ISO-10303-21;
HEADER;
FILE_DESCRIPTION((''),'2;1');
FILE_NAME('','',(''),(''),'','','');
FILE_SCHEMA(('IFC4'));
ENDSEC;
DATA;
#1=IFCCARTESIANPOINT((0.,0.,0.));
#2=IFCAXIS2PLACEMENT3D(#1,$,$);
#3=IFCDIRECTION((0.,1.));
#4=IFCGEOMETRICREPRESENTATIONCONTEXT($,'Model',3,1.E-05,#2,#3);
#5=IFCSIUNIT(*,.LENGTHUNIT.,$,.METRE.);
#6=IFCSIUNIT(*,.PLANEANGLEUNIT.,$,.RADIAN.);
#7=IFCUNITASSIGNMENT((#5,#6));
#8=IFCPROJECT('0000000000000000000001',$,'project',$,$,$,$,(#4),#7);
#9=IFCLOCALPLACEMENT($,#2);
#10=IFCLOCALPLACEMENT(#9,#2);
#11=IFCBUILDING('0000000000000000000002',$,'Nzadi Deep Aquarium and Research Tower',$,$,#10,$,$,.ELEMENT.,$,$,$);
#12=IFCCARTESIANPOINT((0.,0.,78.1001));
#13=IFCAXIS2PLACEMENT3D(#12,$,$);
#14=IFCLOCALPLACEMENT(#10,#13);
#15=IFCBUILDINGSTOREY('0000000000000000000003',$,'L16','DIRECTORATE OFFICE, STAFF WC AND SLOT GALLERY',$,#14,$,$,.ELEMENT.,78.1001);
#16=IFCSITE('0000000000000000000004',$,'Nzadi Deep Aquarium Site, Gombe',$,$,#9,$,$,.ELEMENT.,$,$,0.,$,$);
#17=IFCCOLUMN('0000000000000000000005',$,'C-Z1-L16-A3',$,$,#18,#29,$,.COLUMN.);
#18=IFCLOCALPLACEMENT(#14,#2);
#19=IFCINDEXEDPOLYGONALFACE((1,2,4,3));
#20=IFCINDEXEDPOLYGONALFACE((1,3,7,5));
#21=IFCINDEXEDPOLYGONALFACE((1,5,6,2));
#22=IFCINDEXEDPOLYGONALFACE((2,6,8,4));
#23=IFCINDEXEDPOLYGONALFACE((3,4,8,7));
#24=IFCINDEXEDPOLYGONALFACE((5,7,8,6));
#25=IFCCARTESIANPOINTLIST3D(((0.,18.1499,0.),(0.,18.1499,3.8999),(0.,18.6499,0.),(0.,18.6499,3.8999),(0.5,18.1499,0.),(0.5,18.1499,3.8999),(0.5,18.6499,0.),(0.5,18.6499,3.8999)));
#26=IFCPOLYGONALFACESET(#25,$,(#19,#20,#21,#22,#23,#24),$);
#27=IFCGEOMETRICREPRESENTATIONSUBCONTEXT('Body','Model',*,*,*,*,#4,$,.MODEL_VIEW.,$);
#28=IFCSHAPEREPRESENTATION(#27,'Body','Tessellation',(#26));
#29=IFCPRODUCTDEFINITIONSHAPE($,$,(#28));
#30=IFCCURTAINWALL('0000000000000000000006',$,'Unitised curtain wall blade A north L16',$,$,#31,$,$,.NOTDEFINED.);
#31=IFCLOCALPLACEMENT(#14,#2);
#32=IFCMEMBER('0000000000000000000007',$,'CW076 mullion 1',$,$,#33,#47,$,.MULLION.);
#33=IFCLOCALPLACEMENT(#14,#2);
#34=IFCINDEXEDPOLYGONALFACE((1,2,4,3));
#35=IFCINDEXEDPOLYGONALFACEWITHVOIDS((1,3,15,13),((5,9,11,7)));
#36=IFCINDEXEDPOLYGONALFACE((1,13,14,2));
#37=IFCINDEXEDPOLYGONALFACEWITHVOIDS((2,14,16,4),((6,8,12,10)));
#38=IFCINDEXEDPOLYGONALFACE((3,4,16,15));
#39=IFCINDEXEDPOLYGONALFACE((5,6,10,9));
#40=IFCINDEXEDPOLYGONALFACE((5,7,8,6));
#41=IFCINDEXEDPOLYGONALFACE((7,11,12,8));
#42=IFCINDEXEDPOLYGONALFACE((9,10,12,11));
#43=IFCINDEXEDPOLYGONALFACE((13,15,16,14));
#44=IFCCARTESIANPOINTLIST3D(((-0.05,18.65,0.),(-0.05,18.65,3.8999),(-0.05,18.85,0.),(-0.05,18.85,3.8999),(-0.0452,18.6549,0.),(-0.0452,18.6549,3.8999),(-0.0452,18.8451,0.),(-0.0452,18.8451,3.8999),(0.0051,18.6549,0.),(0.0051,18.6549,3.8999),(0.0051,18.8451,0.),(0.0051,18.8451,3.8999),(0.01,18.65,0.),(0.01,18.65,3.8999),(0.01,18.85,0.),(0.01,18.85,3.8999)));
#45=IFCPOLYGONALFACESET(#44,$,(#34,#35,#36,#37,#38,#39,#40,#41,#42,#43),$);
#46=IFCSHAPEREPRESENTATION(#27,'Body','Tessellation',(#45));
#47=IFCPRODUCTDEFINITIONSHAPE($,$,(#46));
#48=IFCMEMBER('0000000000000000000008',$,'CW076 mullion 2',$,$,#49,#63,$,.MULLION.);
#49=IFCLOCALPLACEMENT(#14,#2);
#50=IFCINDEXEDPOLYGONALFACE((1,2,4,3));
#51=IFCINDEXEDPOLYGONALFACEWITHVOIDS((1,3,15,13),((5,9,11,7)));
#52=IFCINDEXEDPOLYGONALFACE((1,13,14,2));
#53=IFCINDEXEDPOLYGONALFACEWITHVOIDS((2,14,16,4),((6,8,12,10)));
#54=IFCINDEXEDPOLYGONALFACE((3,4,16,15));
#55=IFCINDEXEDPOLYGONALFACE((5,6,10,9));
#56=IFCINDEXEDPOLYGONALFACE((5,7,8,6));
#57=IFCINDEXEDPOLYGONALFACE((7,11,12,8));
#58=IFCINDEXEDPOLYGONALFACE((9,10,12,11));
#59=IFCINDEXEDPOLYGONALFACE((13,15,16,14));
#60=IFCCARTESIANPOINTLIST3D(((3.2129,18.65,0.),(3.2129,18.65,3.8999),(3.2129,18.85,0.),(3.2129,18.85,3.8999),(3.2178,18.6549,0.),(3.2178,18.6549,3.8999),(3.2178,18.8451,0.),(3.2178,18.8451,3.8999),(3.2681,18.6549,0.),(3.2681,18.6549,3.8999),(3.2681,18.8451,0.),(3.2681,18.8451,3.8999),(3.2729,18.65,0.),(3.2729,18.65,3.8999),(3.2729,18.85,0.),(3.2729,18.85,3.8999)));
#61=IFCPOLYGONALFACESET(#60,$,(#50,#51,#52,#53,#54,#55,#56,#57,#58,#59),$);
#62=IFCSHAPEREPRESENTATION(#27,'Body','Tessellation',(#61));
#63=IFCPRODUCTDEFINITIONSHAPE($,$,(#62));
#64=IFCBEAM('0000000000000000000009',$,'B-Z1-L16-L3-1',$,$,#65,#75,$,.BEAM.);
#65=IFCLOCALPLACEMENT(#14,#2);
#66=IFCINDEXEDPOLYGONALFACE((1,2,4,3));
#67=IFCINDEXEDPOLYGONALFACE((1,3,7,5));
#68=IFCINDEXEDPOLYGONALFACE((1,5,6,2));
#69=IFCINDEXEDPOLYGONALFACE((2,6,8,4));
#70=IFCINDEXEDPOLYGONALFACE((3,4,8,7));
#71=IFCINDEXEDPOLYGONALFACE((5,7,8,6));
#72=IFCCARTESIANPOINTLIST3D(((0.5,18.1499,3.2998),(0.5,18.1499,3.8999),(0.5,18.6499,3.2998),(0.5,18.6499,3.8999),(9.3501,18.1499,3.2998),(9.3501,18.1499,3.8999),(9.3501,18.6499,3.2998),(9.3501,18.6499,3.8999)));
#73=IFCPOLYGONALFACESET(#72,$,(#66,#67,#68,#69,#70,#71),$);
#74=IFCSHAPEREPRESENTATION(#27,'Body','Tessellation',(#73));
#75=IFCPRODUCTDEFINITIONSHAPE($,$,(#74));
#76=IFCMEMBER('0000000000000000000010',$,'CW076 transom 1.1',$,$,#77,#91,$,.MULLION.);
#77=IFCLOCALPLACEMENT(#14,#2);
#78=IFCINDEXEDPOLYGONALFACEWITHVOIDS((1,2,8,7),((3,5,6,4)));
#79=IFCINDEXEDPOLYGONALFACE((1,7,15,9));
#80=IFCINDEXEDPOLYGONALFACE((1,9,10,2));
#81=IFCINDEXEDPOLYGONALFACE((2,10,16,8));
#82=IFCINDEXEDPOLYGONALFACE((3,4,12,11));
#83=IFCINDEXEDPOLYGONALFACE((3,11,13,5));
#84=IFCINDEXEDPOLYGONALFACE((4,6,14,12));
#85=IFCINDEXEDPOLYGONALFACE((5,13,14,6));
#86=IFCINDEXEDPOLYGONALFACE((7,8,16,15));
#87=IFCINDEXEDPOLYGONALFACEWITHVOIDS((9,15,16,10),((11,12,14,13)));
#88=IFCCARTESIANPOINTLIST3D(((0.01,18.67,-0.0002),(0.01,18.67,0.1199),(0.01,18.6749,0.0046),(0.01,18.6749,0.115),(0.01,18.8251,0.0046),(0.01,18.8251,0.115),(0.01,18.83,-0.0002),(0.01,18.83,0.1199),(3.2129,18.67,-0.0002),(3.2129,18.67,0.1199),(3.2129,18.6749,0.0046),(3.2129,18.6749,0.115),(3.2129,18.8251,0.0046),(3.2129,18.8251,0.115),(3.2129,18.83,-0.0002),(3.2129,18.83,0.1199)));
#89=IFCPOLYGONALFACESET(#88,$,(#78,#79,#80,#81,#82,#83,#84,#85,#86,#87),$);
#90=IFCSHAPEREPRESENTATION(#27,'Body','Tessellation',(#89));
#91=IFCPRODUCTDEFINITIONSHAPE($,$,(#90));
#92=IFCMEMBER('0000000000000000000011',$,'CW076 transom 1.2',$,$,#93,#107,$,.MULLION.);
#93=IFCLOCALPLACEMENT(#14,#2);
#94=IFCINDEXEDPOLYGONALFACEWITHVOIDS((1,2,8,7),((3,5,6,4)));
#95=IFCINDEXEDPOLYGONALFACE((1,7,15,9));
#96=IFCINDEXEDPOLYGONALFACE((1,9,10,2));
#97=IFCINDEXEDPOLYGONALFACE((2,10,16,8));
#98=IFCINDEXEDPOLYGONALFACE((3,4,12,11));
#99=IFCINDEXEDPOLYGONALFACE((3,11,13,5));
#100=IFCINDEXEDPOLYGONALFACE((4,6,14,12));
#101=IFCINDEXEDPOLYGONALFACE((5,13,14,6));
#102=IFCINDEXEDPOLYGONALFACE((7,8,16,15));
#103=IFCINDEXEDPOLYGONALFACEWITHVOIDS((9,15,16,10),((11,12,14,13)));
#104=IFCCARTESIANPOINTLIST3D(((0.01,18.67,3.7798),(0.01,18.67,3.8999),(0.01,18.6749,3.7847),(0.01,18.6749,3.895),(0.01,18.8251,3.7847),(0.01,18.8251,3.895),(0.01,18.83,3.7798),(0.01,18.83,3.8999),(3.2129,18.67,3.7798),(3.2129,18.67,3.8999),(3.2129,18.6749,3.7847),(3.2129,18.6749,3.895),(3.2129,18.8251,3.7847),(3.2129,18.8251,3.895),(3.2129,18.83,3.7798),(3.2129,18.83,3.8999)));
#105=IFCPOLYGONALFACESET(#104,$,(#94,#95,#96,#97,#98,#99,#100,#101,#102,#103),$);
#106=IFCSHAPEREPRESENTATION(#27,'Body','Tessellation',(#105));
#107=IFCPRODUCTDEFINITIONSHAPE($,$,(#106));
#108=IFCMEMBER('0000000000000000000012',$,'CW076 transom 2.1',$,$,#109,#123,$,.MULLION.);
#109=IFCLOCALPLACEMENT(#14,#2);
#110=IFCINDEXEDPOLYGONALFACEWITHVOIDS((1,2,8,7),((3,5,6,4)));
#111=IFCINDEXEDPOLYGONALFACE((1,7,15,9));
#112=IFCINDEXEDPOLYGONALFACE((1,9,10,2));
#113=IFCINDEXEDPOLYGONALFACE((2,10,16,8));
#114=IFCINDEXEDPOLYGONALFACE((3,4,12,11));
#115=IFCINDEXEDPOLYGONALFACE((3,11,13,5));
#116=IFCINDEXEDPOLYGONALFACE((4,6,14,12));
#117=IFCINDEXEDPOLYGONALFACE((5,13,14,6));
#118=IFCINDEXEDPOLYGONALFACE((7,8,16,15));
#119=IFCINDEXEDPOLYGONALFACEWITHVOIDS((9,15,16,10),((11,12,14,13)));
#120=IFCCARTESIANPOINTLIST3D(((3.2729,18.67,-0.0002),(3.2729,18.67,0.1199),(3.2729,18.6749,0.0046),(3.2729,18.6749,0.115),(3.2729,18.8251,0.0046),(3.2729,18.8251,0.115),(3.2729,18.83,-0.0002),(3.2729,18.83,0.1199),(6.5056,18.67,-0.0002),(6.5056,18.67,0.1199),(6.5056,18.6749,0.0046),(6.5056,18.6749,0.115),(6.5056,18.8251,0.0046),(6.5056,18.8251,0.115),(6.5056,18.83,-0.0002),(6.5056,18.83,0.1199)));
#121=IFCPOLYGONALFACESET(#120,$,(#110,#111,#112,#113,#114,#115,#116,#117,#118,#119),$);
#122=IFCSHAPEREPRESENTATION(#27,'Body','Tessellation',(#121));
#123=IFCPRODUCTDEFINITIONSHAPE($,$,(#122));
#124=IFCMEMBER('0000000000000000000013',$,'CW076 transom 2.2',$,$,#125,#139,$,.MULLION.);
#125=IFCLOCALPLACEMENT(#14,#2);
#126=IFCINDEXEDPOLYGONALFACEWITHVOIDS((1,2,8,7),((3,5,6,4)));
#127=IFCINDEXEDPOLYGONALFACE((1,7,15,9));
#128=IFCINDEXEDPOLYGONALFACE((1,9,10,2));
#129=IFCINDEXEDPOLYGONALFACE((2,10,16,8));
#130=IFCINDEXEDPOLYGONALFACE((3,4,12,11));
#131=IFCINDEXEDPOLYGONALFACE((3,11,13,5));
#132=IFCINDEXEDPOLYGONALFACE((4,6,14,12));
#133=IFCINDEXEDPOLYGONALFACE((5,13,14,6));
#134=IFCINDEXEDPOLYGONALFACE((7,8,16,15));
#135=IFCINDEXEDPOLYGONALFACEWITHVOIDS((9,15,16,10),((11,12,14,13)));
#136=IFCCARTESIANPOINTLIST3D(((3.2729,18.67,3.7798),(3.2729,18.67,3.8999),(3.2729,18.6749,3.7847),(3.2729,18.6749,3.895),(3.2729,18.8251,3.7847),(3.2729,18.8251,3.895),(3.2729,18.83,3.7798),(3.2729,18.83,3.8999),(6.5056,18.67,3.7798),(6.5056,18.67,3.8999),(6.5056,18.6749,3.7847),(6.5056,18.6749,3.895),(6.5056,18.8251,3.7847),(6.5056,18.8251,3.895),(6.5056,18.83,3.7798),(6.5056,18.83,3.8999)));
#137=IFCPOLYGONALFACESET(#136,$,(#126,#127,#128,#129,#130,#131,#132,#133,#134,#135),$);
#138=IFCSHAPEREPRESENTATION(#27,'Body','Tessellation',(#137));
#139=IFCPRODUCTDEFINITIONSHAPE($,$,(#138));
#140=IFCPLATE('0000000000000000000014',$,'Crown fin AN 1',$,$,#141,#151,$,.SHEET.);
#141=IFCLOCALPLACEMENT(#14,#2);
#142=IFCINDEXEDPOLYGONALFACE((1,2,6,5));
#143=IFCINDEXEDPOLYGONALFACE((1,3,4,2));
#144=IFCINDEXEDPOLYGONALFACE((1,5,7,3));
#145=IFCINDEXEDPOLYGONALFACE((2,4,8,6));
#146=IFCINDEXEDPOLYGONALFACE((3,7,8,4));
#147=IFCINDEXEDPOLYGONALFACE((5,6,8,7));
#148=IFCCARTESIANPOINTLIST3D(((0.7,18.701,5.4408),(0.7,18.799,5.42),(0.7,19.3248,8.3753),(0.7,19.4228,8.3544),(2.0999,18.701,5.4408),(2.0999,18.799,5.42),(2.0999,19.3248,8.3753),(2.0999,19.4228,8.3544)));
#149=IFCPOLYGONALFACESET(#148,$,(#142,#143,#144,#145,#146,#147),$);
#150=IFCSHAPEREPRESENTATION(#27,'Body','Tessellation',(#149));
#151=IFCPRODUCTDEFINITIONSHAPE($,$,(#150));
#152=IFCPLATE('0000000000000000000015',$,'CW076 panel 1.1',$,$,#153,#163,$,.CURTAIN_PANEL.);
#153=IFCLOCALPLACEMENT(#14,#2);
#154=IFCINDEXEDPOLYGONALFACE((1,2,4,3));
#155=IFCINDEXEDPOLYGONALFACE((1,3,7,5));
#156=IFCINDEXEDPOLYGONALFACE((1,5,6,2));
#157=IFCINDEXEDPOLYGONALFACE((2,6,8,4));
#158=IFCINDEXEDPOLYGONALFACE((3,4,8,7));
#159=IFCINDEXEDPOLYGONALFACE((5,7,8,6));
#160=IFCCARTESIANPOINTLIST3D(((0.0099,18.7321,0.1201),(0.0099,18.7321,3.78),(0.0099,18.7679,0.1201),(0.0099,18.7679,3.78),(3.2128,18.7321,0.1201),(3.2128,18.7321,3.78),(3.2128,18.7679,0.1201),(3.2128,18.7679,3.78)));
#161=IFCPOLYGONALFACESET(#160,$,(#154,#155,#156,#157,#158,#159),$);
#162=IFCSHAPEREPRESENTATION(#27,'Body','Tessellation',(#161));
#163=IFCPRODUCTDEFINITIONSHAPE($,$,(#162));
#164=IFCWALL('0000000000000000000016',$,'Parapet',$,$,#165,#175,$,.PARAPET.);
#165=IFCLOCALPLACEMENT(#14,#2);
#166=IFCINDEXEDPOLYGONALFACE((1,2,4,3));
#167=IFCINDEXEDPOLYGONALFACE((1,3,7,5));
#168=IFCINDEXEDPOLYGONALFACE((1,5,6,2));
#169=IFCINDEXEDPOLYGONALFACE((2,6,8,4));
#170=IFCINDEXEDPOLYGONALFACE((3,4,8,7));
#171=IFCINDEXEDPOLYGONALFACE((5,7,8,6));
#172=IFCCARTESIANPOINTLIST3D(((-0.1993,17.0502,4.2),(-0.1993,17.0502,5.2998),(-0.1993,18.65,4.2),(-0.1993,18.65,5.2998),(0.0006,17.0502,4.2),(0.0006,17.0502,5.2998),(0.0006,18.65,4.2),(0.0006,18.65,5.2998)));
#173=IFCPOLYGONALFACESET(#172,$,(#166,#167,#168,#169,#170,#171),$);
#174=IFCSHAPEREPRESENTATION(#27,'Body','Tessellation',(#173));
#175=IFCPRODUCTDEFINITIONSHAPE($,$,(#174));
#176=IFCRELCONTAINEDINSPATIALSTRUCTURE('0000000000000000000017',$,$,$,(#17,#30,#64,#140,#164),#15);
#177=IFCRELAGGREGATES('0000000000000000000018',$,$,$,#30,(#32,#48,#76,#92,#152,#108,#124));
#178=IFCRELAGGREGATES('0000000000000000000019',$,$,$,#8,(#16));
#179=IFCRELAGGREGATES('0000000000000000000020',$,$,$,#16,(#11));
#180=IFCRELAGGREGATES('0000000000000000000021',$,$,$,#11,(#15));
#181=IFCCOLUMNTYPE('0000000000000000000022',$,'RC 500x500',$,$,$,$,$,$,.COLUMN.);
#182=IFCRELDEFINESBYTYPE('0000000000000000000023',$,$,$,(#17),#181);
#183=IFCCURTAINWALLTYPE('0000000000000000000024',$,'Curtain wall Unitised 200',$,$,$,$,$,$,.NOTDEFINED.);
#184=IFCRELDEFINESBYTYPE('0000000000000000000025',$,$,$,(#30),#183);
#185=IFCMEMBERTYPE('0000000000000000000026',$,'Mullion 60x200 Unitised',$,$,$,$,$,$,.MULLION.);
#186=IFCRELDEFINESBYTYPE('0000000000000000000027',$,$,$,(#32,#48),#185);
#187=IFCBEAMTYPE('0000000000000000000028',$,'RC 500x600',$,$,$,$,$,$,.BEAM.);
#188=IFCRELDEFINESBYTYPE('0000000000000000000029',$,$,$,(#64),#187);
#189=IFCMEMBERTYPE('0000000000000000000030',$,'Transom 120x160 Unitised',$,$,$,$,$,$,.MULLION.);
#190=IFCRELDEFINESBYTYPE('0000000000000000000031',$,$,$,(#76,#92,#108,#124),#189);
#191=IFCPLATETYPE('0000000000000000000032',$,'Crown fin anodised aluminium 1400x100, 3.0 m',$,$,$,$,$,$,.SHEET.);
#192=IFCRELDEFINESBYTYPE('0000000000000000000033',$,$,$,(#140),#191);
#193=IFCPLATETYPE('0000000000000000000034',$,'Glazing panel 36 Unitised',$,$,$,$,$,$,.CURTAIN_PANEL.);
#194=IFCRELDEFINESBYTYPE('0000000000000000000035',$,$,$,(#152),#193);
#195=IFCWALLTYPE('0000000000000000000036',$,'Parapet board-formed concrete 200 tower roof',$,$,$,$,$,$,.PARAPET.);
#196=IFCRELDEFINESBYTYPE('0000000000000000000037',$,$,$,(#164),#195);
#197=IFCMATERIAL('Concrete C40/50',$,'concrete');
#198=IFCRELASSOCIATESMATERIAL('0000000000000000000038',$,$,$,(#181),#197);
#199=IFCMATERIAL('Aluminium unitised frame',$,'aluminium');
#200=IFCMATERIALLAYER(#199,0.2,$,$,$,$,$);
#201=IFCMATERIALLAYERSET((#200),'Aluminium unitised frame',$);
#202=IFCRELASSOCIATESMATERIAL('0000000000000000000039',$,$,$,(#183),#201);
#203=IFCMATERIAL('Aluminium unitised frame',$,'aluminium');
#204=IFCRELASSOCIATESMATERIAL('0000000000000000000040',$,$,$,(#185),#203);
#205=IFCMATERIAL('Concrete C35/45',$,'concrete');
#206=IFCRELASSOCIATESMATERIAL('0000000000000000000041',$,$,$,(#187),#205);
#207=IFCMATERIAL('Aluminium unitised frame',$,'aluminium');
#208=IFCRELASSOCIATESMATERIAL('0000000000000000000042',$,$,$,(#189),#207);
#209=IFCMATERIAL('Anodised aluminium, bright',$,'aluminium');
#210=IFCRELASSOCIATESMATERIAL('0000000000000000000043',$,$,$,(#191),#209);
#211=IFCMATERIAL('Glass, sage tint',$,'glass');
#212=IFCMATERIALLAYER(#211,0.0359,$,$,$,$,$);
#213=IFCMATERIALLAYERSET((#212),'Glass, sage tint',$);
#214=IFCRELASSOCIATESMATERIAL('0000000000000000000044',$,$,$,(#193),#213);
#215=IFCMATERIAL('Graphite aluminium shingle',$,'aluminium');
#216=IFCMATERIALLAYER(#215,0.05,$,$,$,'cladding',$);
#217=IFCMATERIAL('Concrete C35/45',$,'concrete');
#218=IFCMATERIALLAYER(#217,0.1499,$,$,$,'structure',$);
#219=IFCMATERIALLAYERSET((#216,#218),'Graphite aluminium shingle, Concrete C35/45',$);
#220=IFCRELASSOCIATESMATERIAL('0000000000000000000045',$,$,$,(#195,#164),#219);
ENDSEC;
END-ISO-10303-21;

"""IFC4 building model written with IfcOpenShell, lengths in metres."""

from ifc_helpers import new_model, si_unit, direction, frame, frame_2d, origin, origin_2d, place, context, subcontext, project, spatial, rectangle, hollow_rectangle, extrude, material, layer, layer_set, layer_usage, material_profile, profile_set, type_object, element, aggregate, save


model = new_model("IFC4")

# Units and contexts
model_context = context("Model", 3, precision=1e-05, world=origin(), true_north=direction((0.0, 1.0)))
body_context = subcontext(model_context, "Body", "Model", "MODEL_VIEW")
ifc_project = project(units=[si_unit("LENGTHUNIT", "METRE"), si_unit("PLANEANGLEUNIT", "RADIAN")], contexts=[model_context])

# Site, building, storey
site_placement = place(None, origin())
site = spatial("IfcSite", under=ifc_project, at=site_placement, Name="Nzadi Deep Aquarium Site, Gombe", CompositionType="ELEMENT", RefElevation=0.0)
building_placement = place(site_placement, origin())
building = spatial("IfcBuilding", under=site, at=building_placement, Name="Nzadi Deep Aquarium and Research Tower", CompositionType="ELEMENT")
storey_placement = place(building_placement, frame((0.0, 0.0, 78.1001)))
storey = spatial("IfcBuildingStorey", under=building, at=storey_placement, Name="L16", Description="DIRECTORATE OFFICE, STAFF WC AND SLOT GALLERY", CompositionType="ELEMENT", Elevation=78.1001)

# Column
ifc_material_1 = material(Name="Concrete C40/50", Category="concrete")
ifc_material_profile_1 = material_profile(ifc_material_1, rectangle(XDim=0.5, YDim=0.5, at=origin_2d()))
ifc_profile_set_1 = profile_set([ifc_material_profile_1], Name="Concrete C40/50")
column_type = type_object("IfcColumnType", Name="RC 500x500", PredefinedType="COLUMN", material=ifc_profile_set_1)
column_placement = place(storey_placement, frame((0.25, 18.3999, 0.0), z_axis=(0.0, 0.0, 1.0), x_axis=(1.0, 0.0, 0.0)))
element("IfcColumn", 1, at=column_placement, inside=storey, type_object=column_type, Name="C-Z1-L16-A3", PredefinedType="COLUMN", context=body_context, shape_type="SweptSolid", body=[
    extrude(rectangle(XDim=0.5, YDim=0.5, at=origin_2d()), origin(), (0.0, 0.0, 1.0), 3.8999),
])

# Curtain wall, members
ifc_material_2 = material(Name="Aluminium unitised frame", Category="aluminium")
ifc_layer_1 = layer(ifc_material_2, 0.2)
ifc_layer_set_1 = layer_set([ifc_layer_1], Name="Aluminium unitised frame")
curtain_wall_type = type_object("IfcCurtainWallType", Name="Curtain wall Unitised 200", PredefinedType="NOTDEFINED", material=ifc_layer_set_1)
curtain_wall_placement = place(storey_placement, origin())
curtain_wall = element("IfcCurtainWall", 2, at=curtain_wall_placement, inside=storey, type_object=curtain_wall_type, Name="Unitised curtain wall blade A north L16", PredefinedType="NOTDEFINED")
ifc_material_3 = material(Name="Aluminium unitised frame", Category="aluminium")
ifc_material_profile_2 = material_profile(ifc_material_3, hollow_rectangle(XDim=0.2, YDim=0.0601, WallThickness=0.0049, at=origin_2d()))
ifc_profile_set_2 = profile_set([ifc_material_profile_2], Name="Aluminium unitised frame")
member_type_1 = type_object("IfcMemberType", Name="Mullion 60x200 Unitised", PredefinedType="MULLION", material=ifc_profile_set_2)
member_1_placement = place(storey_placement, frame((-0.02, 18.75, 0.0), z_axis=(0.0, 0.0, 1.0), x_axis=(0.0, 1.0, 0.0)))
member_1 = element("IfcMember", 3, at=member_1_placement, type_object=member_type_1, Name="CW076 mullion 1", PredefinedType="MULLION", context=body_context, shape_type="SweptSolid", body=[
    extrude(hollow_rectangle(XDim=0.2, YDim=0.0601, WallThickness=0.0049, at=origin_2d()), origin(), (0.0, 0.0, 1.0), 3.8999),
])
member_2_placement = place(storey_placement, frame((3.2429, 18.75, 0.0), z_axis=(0.0, 0.0, 1.0), x_axis=(0.0, 1.0, 0.0)))
member_2 = element("IfcMember", 4, at=member_2_placement, type_object=member_type_1, Name="CW076 mullion 2", PredefinedType="MULLION", context=body_context, shape_type="SweptSolid", body=[
    extrude(hollow_rectangle(XDim=0.2, YDim=0.0601, WallThickness=0.0049, at=origin_2d()), origin(), (0.0, 0.0, 1.0), 3.8999),
])

# Beam
ifc_material_4 = material(Name="Concrete C35/45", Category="concrete")
ifc_material_profile_3 = material_profile(ifc_material_4, rectangle(XDim=0.5, YDim=0.6001, at=origin_2d()))
ifc_profile_set_3 = profile_set([ifc_material_profile_3], Name="Concrete C35/45")
beam_type = type_object("IfcBeamType", Name="RC 500x600", PredefinedType="BEAM", material=ifc_profile_set_3)
beam_placement = place(storey_placement, frame((0.5, 18.3999, 3.5999), z_axis=(1.0, 0.0, 0.0), x_axis=(0.0, 1.0, 0.0)))
element("IfcBeam", 5, at=beam_placement, inside=storey, type_object=beam_type, Name="B-Z1-L16-L3-1", PredefinedType="BEAM", context=body_context, shape_type="SweptSolid", body=[
    extrude(rectangle(XDim=0.5, YDim=0.6001, at=origin_2d()), origin(), (0.0, 0.0, 1.0), 8.8501),
])

# Members
ifc_material_5 = material(Name="Aluminium unitised frame", Category="aluminium")
ifc_material_profile_4 = material_profile(ifc_material_5, hollow_rectangle(XDim=0.1599, YDim=0.1201, WallThickness=0.0049, at=origin_2d()))
ifc_profile_set_4 = profile_set([ifc_material_profile_4], Name="Aluminium unitised frame")
member_type_2 = type_object("IfcMemberType", Name="Transom 120x160 Unitised", PredefinedType="MULLION", material=ifc_profile_set_4)
member_3_placement = place(storey_placement, frame((0.01, 18.75, 0.0598), z_axis=(1.0, 0.0, 0.0), x_axis=(0.0, 1.0, 0.0)))
member_3 = element("IfcMember", 6, at=member_3_placement, type_object=member_type_2, Name="CW076 transom 1.1", PredefinedType="MULLION", context=body_context, shape_type="SweptSolid", body=[
    extrude(hollow_rectangle(XDim=0.1599, YDim=0.1201, WallThickness=0.0049, at=origin_2d()), origin(), (0.0, 0.0, 1.0), 3.2029),
])
member_4_placement = place(storey_placement, frame((0.01, 18.75, 3.8398), z_axis=(1.0, 0.0, 0.0), x_axis=(0.0, 1.0, 0.0)))
member_4 = element("IfcMember", 7, at=member_4_placement, type_object=member_type_2, Name="CW076 transom 1.2", PredefinedType="MULLION", context=body_context, shape_type="SweptSolid", body=[
    extrude(hollow_rectangle(XDim=0.1599, YDim=0.1201, WallThickness=0.0049, at=origin_2d()), origin(), (0.0, 0.0, 1.0), 3.2029),
])
member_5_placement = place(storey_placement, frame((3.2729, 18.75, 0.0598), z_axis=(1.0, 0.0, 0.0), x_axis=(0.0, 1.0, 0.0)))
member_5 = element("IfcMember", 8, at=member_5_placement, type_object=member_type_2, Name="CW076 transom 2.1", PredefinedType="MULLION", context=body_context, shape_type="SweptSolid", body=[
    extrude(hollow_rectangle(XDim=0.1599, YDim=0.1201, WallThickness=0.0049, at=origin_2d()), origin(), (0.0, 0.0, 1.0), 3.2327),
])
member_6_placement = place(storey_placement, frame((3.2729, 18.75, 3.8398), z_axis=(1.0, 0.0, 0.0), x_axis=(0.0, 1.0, 0.0)))
member_6 = element("IfcMember", 9, at=member_6_placement, type_object=member_type_2, Name="CW076 transom 2.2", PredefinedType="MULLION", context=body_context, shape_type="SweptSolid", body=[
    extrude(hollow_rectangle(XDim=0.1599, YDim=0.1201, WallThickness=0.0049, at=origin_2d()), origin(), (0.0, 0.0, 1.0), 3.2327),
])

# Plates
ifc_material_6 = material(Name="Anodised aluminium, bright", Category="aluminium")
ifc_material_profile_5 = material_profile(ifc_material_6, rectangle(XDim=1.3999, YDim=0.1001, at=origin_2d()))
ifc_profile_set_5 = profile_set([ifc_material_profile_5], Name="Anodised aluminium, bright")
plate_type_1 = type_object("IfcPlateType", Name="Crown fin anodised aluminium 1400x100, 3.0 m", PredefinedType="SHEET", material=ifc_profile_set_5)
plate_1_placement = place(storey_placement, frame((1.3999, 18.75, 5.4304), z_axis=(0.0, 0.207934, 0.978143), x_axis=(-1.0, 0.0, 0.0)))
element("IfcPlate", 10, at=plate_1_placement, inside=storey, type_object=plate_type_1, Name="Crown fin AN 1", PredefinedType="SHEET", context=body_context, shape_type="SweptSolid", body=[
    extrude(rectangle(XDim=1.3999, YDim=0.1001, at=origin_2d()), origin(), (0.0, 0.0, 1.0), 3.0),
])
ifc_material_7 = material(Name="Glass, sage tint", Category="glass")
ifc_layer_2 = layer(ifc_material_7, 0.0359)
ifc_layer_set_2 = layer_set([ifc_layer_2], Name="Glass, sage tint")
plate_type_2 = type_object("IfcPlateType", Name="Glazing panel 36 Unitised", PredefinedType="CURTAIN_PANEL", material=ifc_layer_set_2)
plate_2_placement = place(storey_placement, frame((1.6113, 18.75, 0.1201), z_axis=(0.0, 0.0, 1.0), x_axis=(1.0, 0.0, 0.0)))
plate_2 = element("IfcPlate", 11, at=plate_2_placement, type_object=plate_type_2, Name="CW076 panel 1.1", PredefinedType="CURTAIN_PANEL", context=body_context, shape_type="SweptSolid", body=[
    extrude(rectangle(XDim=3.2029, YDim=0.0359, at=origin_2d()), origin(), (0.0, 0.0, 1.0), 3.6599),
])
aggregate(curtain_wall, [member_1, member_2, member_3, member_4, plate_2, member_5, member_6])

# Wall
ifc_material_8 = material(Name="Graphite aluminium shingle", Category="aluminium")
ifc_layer_3 = layer(ifc_material_8, 0.05, Category="cladding")
ifc_material_9 = material(Name="Concrete C35/45", Category="concrete")
ifc_layer_4 = layer(ifc_material_9, 0.1499, Category="structure")
ifc_layer_set_3 = layer_set([ifc_layer_3, ifc_layer_4], Name="Graphite aluminium shingle, Concrete C35/45")
ifc_layer_usage = layer_usage(ifc_layer_set_3, "AXIS2", "POSITIVE", -0.1)
wall_type_1 = type_object("IfcWallType", Name="Parapet board-formed concrete 200 tower roof", PredefinedType="PARAPET", material=ifc_layer_set_3)
wall_1_placement = place(storey_placement, frame((-0.0994, 18.6499, 4.2), z_axis=(0.0, 0.0, 1.0), x_axis=(0.0, -1.0, 0.0)))
element("IfcWall", 12, at=wall_1_placement, inside=storey, type_object=wall_type_1, material=ifc_layer_usage, Name="Parapet", PredefinedType="PARAPET", context=body_context, shape_type="SweptSolid", body=[
    extrude(rectangle(XDim=1.5999, YDim=0.2, at=frame_2d((0.7998, 0.0))), origin(), (0.0, 0.0, 1.0), 1.0999),
])

save(model, "model.ifc")
